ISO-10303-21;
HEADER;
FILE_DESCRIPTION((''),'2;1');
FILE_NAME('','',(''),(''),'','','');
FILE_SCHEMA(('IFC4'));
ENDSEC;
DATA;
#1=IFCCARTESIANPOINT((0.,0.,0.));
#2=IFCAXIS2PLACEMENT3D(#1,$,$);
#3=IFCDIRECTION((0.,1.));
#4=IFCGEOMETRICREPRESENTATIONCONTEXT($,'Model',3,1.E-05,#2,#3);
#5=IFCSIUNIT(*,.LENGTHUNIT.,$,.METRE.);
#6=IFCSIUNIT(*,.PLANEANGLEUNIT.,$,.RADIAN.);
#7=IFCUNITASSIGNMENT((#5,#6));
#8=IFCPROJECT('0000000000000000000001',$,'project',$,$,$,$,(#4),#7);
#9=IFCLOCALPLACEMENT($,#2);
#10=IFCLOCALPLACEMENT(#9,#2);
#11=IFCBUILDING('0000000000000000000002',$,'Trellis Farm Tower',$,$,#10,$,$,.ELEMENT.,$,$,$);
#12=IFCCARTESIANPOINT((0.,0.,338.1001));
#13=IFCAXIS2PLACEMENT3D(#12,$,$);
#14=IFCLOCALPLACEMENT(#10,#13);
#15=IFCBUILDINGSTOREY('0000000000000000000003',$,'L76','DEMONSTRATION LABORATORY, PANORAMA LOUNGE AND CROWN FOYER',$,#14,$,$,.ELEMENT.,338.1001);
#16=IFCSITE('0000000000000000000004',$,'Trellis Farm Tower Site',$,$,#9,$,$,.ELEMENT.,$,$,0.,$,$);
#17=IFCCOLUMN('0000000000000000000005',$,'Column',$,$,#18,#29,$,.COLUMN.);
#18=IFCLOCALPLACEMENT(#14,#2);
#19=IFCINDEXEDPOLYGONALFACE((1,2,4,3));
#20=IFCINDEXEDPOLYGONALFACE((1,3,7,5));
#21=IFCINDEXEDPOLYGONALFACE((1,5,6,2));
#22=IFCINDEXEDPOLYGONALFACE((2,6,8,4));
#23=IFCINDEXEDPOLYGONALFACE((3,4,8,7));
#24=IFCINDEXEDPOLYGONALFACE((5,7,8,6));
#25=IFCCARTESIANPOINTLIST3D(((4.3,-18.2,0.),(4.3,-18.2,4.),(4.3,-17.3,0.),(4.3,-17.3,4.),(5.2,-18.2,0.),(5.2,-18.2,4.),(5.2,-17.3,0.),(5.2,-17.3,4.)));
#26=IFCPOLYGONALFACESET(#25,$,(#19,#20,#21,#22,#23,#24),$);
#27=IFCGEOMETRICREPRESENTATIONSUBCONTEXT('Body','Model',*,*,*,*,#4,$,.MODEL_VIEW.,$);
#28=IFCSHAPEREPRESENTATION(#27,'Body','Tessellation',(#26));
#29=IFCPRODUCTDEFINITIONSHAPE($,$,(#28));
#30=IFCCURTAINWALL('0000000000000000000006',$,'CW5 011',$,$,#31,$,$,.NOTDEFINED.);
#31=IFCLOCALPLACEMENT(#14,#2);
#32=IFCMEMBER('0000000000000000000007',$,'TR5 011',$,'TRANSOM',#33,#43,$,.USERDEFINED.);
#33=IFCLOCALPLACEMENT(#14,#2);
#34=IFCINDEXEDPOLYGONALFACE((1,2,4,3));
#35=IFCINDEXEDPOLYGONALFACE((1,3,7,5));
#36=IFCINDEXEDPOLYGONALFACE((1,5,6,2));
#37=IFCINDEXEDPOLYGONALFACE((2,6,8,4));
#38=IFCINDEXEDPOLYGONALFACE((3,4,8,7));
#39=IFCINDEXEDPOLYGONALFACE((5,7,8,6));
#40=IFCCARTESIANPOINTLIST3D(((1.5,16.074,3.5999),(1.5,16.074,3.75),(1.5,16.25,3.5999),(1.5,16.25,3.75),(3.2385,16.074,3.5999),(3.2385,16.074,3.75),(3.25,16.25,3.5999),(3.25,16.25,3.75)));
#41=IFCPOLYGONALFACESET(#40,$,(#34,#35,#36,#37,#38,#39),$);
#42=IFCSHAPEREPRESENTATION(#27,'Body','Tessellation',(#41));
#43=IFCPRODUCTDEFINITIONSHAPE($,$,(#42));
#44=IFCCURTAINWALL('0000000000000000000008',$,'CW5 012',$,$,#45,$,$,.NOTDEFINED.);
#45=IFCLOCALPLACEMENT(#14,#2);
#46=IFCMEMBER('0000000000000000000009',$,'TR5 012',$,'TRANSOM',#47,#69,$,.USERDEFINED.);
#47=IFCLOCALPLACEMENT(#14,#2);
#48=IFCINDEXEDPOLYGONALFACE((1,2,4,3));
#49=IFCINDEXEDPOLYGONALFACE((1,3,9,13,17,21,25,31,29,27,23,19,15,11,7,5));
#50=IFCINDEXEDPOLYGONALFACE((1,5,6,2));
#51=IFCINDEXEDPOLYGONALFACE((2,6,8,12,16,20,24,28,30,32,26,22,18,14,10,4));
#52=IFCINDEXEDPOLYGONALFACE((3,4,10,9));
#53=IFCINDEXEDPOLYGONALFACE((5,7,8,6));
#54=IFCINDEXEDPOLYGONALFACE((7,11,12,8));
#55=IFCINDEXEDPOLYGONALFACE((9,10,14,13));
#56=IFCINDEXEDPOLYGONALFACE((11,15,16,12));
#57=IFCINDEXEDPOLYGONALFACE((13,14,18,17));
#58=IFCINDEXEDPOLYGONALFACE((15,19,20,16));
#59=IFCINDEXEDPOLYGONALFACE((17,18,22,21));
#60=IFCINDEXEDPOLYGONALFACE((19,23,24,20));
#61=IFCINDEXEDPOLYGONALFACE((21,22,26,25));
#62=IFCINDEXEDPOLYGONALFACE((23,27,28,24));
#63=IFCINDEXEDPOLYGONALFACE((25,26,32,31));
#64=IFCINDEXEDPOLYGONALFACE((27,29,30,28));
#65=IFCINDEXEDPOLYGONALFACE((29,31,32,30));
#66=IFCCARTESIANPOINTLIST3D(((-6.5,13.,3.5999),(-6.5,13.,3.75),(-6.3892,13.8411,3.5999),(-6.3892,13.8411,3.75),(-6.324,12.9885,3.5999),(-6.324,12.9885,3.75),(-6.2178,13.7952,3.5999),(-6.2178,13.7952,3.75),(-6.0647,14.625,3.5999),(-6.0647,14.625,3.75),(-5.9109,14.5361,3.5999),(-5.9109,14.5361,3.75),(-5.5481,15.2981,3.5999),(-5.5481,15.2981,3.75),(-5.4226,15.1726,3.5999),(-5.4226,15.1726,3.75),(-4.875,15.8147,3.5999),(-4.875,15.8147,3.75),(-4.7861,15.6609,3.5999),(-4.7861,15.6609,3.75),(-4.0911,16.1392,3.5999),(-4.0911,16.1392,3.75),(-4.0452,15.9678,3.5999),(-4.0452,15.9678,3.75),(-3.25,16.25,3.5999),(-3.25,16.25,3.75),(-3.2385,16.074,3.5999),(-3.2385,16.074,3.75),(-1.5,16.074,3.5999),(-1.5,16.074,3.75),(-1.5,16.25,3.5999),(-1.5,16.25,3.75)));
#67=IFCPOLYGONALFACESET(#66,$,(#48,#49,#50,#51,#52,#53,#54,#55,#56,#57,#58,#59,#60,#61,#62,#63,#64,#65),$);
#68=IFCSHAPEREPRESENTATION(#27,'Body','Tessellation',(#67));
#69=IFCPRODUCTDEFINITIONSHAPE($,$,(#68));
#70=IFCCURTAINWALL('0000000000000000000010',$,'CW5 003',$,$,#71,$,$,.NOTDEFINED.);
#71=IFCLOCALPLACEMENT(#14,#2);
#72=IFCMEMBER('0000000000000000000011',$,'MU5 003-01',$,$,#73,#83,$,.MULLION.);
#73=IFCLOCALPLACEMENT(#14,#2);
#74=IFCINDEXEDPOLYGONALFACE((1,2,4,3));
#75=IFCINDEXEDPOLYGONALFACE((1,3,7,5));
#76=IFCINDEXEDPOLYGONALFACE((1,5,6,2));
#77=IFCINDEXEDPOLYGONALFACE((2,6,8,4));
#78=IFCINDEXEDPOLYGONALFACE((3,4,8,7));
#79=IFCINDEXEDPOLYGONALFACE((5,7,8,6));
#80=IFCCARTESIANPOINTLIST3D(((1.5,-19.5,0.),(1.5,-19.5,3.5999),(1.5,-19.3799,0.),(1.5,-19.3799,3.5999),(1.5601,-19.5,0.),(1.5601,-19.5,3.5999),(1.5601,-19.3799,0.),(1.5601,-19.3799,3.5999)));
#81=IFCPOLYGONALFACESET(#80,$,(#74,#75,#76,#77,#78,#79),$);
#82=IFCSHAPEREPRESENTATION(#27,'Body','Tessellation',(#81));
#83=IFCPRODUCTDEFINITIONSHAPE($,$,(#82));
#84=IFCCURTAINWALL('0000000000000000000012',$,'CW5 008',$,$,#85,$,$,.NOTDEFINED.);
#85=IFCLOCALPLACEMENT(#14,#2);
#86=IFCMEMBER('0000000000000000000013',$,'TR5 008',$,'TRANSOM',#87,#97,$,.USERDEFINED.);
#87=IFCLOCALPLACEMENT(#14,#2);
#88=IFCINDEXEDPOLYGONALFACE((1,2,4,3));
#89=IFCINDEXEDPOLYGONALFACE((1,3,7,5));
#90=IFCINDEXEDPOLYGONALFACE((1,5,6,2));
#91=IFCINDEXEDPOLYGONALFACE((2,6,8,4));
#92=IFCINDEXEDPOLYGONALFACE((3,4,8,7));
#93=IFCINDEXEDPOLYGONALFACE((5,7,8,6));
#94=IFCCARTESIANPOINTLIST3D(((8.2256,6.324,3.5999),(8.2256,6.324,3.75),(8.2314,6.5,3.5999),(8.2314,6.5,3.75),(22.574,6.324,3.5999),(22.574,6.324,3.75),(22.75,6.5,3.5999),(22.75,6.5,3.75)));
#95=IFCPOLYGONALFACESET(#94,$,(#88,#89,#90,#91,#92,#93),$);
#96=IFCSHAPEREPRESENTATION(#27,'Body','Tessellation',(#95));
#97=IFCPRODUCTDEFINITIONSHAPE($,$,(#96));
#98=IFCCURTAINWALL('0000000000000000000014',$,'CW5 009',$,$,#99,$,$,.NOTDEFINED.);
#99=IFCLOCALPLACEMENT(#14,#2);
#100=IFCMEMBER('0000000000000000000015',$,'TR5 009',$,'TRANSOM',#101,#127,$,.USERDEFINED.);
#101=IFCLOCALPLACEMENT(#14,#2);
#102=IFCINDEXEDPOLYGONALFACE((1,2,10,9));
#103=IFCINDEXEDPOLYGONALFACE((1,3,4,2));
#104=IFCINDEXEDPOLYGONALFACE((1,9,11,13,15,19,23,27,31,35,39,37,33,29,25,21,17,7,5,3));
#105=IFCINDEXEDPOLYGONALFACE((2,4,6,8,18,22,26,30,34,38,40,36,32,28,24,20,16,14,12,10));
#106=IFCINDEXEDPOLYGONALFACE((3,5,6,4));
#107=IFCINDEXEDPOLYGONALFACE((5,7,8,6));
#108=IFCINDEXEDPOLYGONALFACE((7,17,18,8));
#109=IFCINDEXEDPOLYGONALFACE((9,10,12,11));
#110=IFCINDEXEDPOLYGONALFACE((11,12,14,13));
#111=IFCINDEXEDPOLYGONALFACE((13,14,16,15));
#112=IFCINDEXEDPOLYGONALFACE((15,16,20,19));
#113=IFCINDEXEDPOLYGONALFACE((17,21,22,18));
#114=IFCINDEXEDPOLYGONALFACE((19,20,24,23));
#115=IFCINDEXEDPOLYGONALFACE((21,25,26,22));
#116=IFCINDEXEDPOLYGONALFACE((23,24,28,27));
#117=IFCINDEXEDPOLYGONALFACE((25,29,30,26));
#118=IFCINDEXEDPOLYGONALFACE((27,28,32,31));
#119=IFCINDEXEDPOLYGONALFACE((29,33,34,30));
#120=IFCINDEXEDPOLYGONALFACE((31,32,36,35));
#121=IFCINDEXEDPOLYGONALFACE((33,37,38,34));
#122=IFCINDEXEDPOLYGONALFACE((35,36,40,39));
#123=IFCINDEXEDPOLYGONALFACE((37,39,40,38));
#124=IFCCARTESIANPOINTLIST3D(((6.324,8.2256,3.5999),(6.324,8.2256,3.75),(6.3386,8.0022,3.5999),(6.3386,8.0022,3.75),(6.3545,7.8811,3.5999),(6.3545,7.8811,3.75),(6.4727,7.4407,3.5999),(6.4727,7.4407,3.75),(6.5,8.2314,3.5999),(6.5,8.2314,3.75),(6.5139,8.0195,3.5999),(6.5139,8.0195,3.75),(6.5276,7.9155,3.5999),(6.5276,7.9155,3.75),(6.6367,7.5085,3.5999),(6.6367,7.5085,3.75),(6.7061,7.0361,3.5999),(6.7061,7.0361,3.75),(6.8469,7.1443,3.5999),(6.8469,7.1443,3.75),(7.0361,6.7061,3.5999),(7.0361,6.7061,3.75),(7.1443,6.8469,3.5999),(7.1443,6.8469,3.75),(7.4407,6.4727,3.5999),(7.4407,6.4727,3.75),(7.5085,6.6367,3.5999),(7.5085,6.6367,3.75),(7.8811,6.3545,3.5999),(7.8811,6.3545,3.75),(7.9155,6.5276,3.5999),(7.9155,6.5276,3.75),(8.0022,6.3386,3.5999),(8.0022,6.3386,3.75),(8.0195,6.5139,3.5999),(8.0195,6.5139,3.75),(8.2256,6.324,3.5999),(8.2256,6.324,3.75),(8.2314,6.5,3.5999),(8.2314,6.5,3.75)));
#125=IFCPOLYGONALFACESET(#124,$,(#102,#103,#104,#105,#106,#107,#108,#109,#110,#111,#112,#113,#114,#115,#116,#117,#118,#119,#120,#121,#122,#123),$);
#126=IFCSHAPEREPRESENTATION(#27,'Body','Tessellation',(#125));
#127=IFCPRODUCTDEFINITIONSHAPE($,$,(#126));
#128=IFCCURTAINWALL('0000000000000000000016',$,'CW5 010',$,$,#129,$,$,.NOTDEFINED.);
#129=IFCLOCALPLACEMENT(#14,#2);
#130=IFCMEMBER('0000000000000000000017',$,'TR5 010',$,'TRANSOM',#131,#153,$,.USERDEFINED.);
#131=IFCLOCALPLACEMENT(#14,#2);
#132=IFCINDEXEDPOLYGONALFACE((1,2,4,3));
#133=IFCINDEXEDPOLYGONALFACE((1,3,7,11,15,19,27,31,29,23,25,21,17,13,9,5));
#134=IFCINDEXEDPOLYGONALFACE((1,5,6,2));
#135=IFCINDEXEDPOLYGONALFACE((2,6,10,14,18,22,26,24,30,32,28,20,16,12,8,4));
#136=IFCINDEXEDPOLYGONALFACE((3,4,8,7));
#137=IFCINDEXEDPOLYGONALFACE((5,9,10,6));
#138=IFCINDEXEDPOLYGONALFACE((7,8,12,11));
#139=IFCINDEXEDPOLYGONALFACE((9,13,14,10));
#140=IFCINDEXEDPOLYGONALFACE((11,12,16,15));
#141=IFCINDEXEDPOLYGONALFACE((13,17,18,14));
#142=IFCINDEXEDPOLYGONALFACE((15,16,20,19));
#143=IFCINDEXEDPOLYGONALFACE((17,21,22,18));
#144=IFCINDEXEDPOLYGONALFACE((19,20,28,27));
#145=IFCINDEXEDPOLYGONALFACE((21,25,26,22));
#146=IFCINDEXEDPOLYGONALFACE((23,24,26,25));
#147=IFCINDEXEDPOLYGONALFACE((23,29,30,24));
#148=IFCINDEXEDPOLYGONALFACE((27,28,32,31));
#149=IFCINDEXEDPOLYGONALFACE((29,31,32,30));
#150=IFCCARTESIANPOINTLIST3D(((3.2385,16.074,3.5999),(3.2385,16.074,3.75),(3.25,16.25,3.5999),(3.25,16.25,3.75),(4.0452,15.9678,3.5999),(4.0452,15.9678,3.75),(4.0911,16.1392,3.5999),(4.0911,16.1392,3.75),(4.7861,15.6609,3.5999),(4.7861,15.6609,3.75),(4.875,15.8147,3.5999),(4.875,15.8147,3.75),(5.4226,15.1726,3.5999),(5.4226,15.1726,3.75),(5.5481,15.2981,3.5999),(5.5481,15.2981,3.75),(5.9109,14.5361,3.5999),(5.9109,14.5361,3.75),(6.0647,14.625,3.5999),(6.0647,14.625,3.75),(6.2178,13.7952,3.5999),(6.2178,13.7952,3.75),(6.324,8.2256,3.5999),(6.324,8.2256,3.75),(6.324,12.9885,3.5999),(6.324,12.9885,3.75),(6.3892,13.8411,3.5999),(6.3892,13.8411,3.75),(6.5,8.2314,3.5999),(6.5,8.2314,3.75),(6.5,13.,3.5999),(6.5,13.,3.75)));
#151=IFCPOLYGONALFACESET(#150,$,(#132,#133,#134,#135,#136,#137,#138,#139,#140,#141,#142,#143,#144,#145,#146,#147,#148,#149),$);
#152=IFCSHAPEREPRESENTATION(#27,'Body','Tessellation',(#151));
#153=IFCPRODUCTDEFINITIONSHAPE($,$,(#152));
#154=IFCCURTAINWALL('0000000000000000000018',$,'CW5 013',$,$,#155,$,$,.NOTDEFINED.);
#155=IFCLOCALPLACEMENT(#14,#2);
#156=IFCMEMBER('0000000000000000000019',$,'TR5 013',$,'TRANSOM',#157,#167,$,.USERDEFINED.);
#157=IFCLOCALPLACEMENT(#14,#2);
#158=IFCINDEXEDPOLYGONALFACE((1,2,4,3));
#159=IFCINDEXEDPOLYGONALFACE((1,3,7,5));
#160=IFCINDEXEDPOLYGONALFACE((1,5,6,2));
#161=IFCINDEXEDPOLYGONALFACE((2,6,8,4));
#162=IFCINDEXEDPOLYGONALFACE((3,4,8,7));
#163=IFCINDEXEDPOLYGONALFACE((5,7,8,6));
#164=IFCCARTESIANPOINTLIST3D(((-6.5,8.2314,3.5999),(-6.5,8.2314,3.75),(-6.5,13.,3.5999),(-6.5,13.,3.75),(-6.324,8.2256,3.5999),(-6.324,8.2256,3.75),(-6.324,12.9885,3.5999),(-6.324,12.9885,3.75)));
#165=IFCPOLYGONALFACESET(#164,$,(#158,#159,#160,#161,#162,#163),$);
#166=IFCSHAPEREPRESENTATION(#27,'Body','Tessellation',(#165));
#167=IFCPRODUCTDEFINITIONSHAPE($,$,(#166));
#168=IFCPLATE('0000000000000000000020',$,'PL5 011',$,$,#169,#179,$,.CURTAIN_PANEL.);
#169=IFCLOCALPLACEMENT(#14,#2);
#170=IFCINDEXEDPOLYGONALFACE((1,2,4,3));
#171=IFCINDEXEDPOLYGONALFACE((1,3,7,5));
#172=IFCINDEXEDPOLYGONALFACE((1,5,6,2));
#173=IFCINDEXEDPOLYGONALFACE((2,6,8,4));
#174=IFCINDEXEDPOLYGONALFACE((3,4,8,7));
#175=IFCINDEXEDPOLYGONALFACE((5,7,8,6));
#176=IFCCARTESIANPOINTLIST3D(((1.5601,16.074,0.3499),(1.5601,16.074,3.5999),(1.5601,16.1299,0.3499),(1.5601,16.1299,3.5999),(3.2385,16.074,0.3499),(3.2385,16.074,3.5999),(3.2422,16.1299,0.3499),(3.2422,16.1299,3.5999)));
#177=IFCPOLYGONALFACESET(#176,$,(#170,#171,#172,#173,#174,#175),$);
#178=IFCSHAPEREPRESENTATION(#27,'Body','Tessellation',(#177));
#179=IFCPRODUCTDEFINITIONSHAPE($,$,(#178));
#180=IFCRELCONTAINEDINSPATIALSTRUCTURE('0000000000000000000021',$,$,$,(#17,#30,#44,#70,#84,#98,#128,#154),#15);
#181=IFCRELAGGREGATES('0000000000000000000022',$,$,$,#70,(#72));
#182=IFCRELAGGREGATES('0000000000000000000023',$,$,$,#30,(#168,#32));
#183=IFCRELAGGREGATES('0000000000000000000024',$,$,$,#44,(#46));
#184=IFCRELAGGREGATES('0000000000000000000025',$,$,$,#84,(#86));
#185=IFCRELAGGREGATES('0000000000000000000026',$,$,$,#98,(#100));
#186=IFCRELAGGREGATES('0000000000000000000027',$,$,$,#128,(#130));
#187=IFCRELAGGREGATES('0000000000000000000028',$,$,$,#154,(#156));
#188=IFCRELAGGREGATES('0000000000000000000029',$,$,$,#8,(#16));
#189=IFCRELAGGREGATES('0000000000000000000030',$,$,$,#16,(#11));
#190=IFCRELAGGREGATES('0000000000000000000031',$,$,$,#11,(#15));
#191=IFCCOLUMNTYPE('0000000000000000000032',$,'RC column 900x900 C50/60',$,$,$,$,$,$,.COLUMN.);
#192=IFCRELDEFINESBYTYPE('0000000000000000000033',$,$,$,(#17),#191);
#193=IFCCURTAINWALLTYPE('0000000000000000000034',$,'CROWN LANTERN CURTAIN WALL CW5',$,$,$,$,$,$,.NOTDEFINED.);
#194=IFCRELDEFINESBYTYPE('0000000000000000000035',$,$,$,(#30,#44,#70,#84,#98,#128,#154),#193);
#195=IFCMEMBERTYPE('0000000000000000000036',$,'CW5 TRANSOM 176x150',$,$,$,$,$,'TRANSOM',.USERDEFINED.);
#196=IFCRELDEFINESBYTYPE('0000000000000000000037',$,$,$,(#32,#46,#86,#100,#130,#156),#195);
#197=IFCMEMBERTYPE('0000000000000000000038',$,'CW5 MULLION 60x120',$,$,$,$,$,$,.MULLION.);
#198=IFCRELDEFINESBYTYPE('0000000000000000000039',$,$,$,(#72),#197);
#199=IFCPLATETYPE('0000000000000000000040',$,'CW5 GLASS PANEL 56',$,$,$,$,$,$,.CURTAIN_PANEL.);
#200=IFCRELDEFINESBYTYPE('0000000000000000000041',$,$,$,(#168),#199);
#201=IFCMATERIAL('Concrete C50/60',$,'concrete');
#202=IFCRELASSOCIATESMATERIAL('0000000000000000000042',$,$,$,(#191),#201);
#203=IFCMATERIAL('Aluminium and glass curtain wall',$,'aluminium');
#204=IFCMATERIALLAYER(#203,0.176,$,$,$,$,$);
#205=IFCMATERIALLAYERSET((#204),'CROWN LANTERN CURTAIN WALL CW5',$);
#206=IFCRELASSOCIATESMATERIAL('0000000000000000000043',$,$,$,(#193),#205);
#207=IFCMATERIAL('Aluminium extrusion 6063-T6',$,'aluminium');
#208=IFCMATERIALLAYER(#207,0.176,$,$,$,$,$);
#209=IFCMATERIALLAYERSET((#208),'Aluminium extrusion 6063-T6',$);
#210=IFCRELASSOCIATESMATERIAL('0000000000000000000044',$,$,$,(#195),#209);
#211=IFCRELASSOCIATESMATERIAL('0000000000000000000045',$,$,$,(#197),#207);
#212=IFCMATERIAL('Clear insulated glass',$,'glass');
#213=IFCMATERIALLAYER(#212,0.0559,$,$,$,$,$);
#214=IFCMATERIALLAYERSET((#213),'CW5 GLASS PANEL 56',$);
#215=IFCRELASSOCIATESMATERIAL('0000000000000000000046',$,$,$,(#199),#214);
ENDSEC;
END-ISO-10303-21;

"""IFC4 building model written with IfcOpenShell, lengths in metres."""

from ifc_helpers import new_model, si_unit, direction, frame, origin, origin_2d, place, context, subcontext, project, spatial, polyline, rectangle, outline, extrude, source, transform, mapped, material, layer, layer_set, material_profile, profile_set, type_object, element, aggregate, save


model = new_model("IFC4")

# Units and contexts
model_context = context("Model", 3, precision=1e-05, world=origin(), true_north=direction((0.0, 1.0)))
body_context = subcontext(model_context, "Body", "Model", "MODEL_VIEW")
ifc_project = project(units=[si_unit("LENGTHUNIT", "METRE"), si_unit("PLANEANGLEUNIT", "RADIAN")], contexts=[model_context])

# Site, building, storey
site_placement = place(None, origin())
site = spatial("IfcSite", under=ifc_project, at=site_placement, Name="Trellis Farm Tower Site", CompositionType="ELEMENT", RefElevation=0.0)
building_placement = place(site_placement, origin())
building = spatial("IfcBuilding", under=site, at=building_placement, Name="Trellis Farm Tower", CompositionType="ELEMENT")
storey_placement = place(building_placement, frame((0.0, 0.0, 338.1001)))
storey = spatial("IfcBuildingStorey", under=building, at=storey_placement, Name="L76", Description="DEMONSTRATION LABORATORY, PANORAMA LOUNGE AND CROWN FOYER", CompositionType="ELEMENT", Elevation=338.1001)

# Column
ifc_material_1 = material(Name="Concrete C50/60", Category="concrete")
ifc_material_profile_1 = material_profile(ifc_material_1, rectangle(XDim=0.8999, YDim=0.8999, at=origin_2d()), Name="RC column 900x900 C50/60")
ifc_profile_set_1 = profile_set([ifc_material_profile_1], Name="Concrete C50/60")
column_type = type_object("IfcColumnType", Name="RC column 900x900 C50/60", PredefinedType="COLUMN", material=ifc_profile_set_1)
shared_shape_1 = source(origin(), body_context, "Body", "SweptSolid", [
    extrude(rectangle(XDim=0.8999, YDim=0.8999, at=origin_2d()), origin(), (0.0, 0.0, 1.0), 4.0),
])
column_placement = place(storey_placement, frame((4.75, -17.75, 0.0), z_axis=(0.0, 0.0, 1.0), x_axis=(1.0, 0.0, 0.0)))
element("IfcColumn", 1, at=column_placement, inside=storey, type_object=column_type, Name="Column", PredefinedType="COLUMN", context=body_context, shape_type="MappedRepresentation", body=[
    mapped(shared_shape_1, transform((0.0, 0.0, 0.0))),
])

# Curtain walls, members
ifc_material_2 = material(Name="Aluminium and glass curtain wall", Category="aluminium")
ifc_layer_1 = layer(ifc_material_2, 0.176)
ifc_layer_set_1 = layer_set([ifc_layer_1], Name="CROWN LANTERN CURTAIN WALL CW5")
curtain_wall_type = type_object("IfcCurtainWallType", Name="CROWN LANTERN CURTAIN WALL CW5", PredefinedType="NOTDEFINED", material=ifc_layer_set_1)
placement_1 = place(storey_placement, origin())
curtain_wall_1 = element("IfcCurtainWall", 2, at=placement_1, inside=storey, type_object=curtain_wall_type, Name="CW5 011", PredefinedType="NOTDEFINED")
ifc_material_3 = material(Name="Aluminium extrusion 6063-T6", Category="aluminium")
ifc_layer_2 = layer(ifc_material_3, 0.176)
ifc_layer_set_2 = layer_set([ifc_layer_2], Name="Aluminium extrusion 6063-T6")
member_type_1 = type_object("IfcMemberType", Name="CW5 TRANSOM 176x150", ElementType="TRANSOM", PredefinedType="USERDEFINED", material=ifc_layer_set_2)
placement_2 = place(storey_placement, frame((0.0, 0.0, 3.5999)))
member_1 = element("IfcMember", 3, at=placement_2, type_object=member_type_1, Name="TR5 011", ObjectType="TRANSOM", PredefinedType="USERDEFINED", context=body_context, shape_type="SweptSolid", body=[
    extrude(outline(polyline([(3.25, 16.25), (1.5, 16.25), (1.5, 16.074), (3.2385, 16.074), (3.25, 16.25)])), origin(), (0.0, 0.0, 1.0), 0.1501),
])
curtain_wall_2 = element("IfcCurtainWall", 4, at=placement_1, inside=storey, type_object=curtain_wall_type, Name="CW5 012", PredefinedType="NOTDEFINED")
member_2 = element("IfcMember", 5, at=placement_2, type_object=member_type_1, Name="TR5 012", ObjectType="TRANSOM", PredefinedType="USERDEFINED", context=body_context, shape_type="SweptSolid", body=[
    extrude(outline(polyline([(-1.5, 16.25), (-3.25, 16.25), (-4.0911, 16.1392), (-4.875, 15.8147), (-5.5481, 15.2981), (-6.0647, 14.625), (-6.3892, 13.8411), (-6.5, 13.0), (-6.324, 12.9885), (-6.2178, 13.7952), (-5.9109, 14.5361), (-5.4226, 15.1726), (-4.7861, 15.6609), (-4.0452, 15.9678), (-3.2385, 16.074), (-1.5, 16.074), (-1.5, 16.25)])), origin(), (0.0, 0.0, 1.0), 0.1501),
])
curtain_wall_3 = element("IfcCurtainWall", 6, at=placement_1, inside=storey, type_object=curtain_wall_type, Name="CW5 003", PredefinedType="NOTDEFINED")
ifc_material_profile_2 = material_profile(ifc_material_3, rectangle(XDim=0.0601, YDim=0.1201, at=origin_2d()), Name="MULLION 60x120")
ifc_profile_set_2 = profile_set([ifc_material_profile_2], Name="Aluminium extrusion 6063-T6")
member_type_2 = type_object("IfcMemberType", Name="CW5 MULLION 60x120", PredefinedType="MULLION", material=ifc_profile_set_2)
shared_shape_2 = source(origin(), body_context, "Body", "SweptSolid", [
    extrude(rectangle(XDim=0.0601, YDim=0.1201, at=origin_2d()), origin(), (0.0, 0.0, 1.0), 3.5999),
])
member_3_placement = place(storey_placement, frame((1.53, -19.4399, 0.0), z_axis=(0.0, 0.0, 1.0), x_axis=(1.0, 0.0, 0.0)))
member_3 = element("IfcMember", 7, at=member_3_placement, type_object=member_type_2, Name="MU5 003-01", PredefinedType="MULLION", context=body_context, shape_type="MappedRepresentation", body=[
    mapped(shared_shape_2, transform((0.0, 0.0, 0.0))),
])
aggregate(curtain_wall_3, [member_3])
curtain_wall_4 = element("IfcCurtainWall", 8, at=placement_1, inside=storey, type_object=curtain_wall_type, Name="CW5 008", PredefinedType="NOTDEFINED")
shared_shape_3 = source(origin(), body_context, "Body", "SweptSolid", [
    extrude(outline(polyline([(22.75, 6.5), (8.2314, 6.5), (8.2256, 6.324), (22.574, 6.324), (22.75, 6.5)])), origin(), (0.0, 0.0, 1.0), 0.1501),
])
member_4 = element("IfcMember", 9, at=placement_2, type_object=member_type_1, Name="TR5 008", ObjectType="TRANSOM", PredefinedType="USERDEFINED", context=body_context, shape_type="MappedRepresentation", body=[
    mapped(shared_shape_3, transform((0.0, 0.0, 0.0))),
])
curtain_wall_5 = element("IfcCurtainWall", 10, at=placement_1, inside=storey, type_object=curtain_wall_type, Name="CW5 009", PredefinedType="NOTDEFINED")
shared_shape_4 = source(origin(), body_context, "Body", "SweptSolid", [
    extrude(outline(polyline([(8.2314, 6.5), (8.0195, 6.5139), (7.9155, 6.5276), (7.5085, 6.6367), (7.1443, 6.8469), (6.8469, 7.1443), (6.6367, 7.5085), (6.5276, 7.9155), (6.5139, 8.0195), (6.5, 8.2314), (6.324, 8.2256), (6.3386, 8.0022), (6.3545, 7.8811), (6.4727, 7.4407), (6.7061, 7.0361), (7.0361, 6.7061), (7.4407, 6.4727), (7.8811, 6.3545), (8.0022, 6.3386), (8.2256, 6.324), (8.2314, 6.5)])), origin(), (0.0, 0.0, 1.0), 0.1501),
])
member_5 = element("IfcMember", 11, at=placement_2, type_object=member_type_1, Name="TR5 009", ObjectType="TRANSOM", PredefinedType="USERDEFINED", context=body_context, shape_type="MappedRepresentation", body=[
    mapped(shared_shape_4, transform((0.0, 0.0, 0.0))),
])
curtain_wall_6 = element("IfcCurtainWall", 12, at=placement_1, inside=storey, type_object=curtain_wall_type, Name="CW5 010", PredefinedType="NOTDEFINED")
shared_shape_5 = source(origin(), body_context, "Body", "SweptSolid", [
    extrude(outline(polyline([(6.5, 8.2314), (6.5, 13.0), (6.3892, 13.8411), (6.0647, 14.625), (5.5481, 15.2981), (4.875, 15.8147), (4.0911, 16.1392), (3.25, 16.25), (3.2385, 16.074), (4.0452, 15.9678), (4.7861, 15.6609), (5.4226, 15.1726), (5.9109, 14.5361), (6.2178, 13.7952), (6.324, 12.9885), (6.324, 8.2256), (6.5, 8.2314)])), origin(), (0.0, 0.0, 1.0), 0.1501),
])
member_6 = element("IfcMember", 13, at=placement_2, type_object=member_type_1, Name="TR5 010", ObjectType="TRANSOM", PredefinedType="USERDEFINED", context=body_context, shape_type="MappedRepresentation", body=[
    mapped(shared_shape_5, transform((0.0, 0.0, 0.0))),
])
curtain_wall_7 = element("IfcCurtainWall", 14, at=placement_1, inside=storey, type_object=curtain_wall_type, Name="CW5 013", PredefinedType="NOTDEFINED")
shared_shape_6 = source(origin(), body_context, "Body", "SweptSolid", [
    extrude(outline(polyline([(-6.5, 13.0), (-6.5, 8.2314), (-6.324, 8.2256), (-6.324, 12.9885), (-6.5, 13.0)])), origin(), (0.0, 0.0, 1.0), 0.1501),
])
member_7 = element("IfcMember", 15, at=placement_2, type_object=member_type_1, Name="TR5 013", ObjectType="TRANSOM", PredefinedType="USERDEFINED", context=body_context, shape_type="MappedRepresentation", body=[
    mapped(shared_shape_6, transform((0.0, 0.0, 0.0))),
])

# Plate
ifc_material_4 = material(Name="Clear insulated glass", Category="glass")
ifc_layer_3 = layer(ifc_material_4, 0.0559)
ifc_layer_set_3 = layer_set([ifc_layer_3], Name="CW5 GLASS PANEL 56")
plate_type_1 = type_object("IfcPlateType", Name="CW5 GLASS PANEL 56", PredefinedType="CURTAIN_PANEL", material=ifc_layer_set_3)
placement_3 = place(storey_placement, frame((0.0, 0.0, 0.3499)))
plate_1 = element("IfcPlate", 16, at=placement_3, type_object=plate_type_1, Name="PL5 011", PredefinedType="CURTAIN_PANEL", context=body_context, shape_type="SweptSolid", body=[
    extrude(outline(polyline([(3.2422, 16.1299), (1.5601, 16.1299), (1.5601, 16.074), (3.2385, 16.074), (3.2422, 16.1299)])), origin(), (0.0, 0.0, 1.0), 3.25),
])
aggregate(curtain_wall_1, [plate_1, member_1])
aggregate(curtain_wall_2, [member_2])
aggregate(curtain_wall_4, [member_4])
aggregate(curtain_wall_5, [member_5])
aggregate(curtain_wall_6, [member_6])
aggregate(curtain_wall_7, [member_7])

save(model, "model.ifc")
